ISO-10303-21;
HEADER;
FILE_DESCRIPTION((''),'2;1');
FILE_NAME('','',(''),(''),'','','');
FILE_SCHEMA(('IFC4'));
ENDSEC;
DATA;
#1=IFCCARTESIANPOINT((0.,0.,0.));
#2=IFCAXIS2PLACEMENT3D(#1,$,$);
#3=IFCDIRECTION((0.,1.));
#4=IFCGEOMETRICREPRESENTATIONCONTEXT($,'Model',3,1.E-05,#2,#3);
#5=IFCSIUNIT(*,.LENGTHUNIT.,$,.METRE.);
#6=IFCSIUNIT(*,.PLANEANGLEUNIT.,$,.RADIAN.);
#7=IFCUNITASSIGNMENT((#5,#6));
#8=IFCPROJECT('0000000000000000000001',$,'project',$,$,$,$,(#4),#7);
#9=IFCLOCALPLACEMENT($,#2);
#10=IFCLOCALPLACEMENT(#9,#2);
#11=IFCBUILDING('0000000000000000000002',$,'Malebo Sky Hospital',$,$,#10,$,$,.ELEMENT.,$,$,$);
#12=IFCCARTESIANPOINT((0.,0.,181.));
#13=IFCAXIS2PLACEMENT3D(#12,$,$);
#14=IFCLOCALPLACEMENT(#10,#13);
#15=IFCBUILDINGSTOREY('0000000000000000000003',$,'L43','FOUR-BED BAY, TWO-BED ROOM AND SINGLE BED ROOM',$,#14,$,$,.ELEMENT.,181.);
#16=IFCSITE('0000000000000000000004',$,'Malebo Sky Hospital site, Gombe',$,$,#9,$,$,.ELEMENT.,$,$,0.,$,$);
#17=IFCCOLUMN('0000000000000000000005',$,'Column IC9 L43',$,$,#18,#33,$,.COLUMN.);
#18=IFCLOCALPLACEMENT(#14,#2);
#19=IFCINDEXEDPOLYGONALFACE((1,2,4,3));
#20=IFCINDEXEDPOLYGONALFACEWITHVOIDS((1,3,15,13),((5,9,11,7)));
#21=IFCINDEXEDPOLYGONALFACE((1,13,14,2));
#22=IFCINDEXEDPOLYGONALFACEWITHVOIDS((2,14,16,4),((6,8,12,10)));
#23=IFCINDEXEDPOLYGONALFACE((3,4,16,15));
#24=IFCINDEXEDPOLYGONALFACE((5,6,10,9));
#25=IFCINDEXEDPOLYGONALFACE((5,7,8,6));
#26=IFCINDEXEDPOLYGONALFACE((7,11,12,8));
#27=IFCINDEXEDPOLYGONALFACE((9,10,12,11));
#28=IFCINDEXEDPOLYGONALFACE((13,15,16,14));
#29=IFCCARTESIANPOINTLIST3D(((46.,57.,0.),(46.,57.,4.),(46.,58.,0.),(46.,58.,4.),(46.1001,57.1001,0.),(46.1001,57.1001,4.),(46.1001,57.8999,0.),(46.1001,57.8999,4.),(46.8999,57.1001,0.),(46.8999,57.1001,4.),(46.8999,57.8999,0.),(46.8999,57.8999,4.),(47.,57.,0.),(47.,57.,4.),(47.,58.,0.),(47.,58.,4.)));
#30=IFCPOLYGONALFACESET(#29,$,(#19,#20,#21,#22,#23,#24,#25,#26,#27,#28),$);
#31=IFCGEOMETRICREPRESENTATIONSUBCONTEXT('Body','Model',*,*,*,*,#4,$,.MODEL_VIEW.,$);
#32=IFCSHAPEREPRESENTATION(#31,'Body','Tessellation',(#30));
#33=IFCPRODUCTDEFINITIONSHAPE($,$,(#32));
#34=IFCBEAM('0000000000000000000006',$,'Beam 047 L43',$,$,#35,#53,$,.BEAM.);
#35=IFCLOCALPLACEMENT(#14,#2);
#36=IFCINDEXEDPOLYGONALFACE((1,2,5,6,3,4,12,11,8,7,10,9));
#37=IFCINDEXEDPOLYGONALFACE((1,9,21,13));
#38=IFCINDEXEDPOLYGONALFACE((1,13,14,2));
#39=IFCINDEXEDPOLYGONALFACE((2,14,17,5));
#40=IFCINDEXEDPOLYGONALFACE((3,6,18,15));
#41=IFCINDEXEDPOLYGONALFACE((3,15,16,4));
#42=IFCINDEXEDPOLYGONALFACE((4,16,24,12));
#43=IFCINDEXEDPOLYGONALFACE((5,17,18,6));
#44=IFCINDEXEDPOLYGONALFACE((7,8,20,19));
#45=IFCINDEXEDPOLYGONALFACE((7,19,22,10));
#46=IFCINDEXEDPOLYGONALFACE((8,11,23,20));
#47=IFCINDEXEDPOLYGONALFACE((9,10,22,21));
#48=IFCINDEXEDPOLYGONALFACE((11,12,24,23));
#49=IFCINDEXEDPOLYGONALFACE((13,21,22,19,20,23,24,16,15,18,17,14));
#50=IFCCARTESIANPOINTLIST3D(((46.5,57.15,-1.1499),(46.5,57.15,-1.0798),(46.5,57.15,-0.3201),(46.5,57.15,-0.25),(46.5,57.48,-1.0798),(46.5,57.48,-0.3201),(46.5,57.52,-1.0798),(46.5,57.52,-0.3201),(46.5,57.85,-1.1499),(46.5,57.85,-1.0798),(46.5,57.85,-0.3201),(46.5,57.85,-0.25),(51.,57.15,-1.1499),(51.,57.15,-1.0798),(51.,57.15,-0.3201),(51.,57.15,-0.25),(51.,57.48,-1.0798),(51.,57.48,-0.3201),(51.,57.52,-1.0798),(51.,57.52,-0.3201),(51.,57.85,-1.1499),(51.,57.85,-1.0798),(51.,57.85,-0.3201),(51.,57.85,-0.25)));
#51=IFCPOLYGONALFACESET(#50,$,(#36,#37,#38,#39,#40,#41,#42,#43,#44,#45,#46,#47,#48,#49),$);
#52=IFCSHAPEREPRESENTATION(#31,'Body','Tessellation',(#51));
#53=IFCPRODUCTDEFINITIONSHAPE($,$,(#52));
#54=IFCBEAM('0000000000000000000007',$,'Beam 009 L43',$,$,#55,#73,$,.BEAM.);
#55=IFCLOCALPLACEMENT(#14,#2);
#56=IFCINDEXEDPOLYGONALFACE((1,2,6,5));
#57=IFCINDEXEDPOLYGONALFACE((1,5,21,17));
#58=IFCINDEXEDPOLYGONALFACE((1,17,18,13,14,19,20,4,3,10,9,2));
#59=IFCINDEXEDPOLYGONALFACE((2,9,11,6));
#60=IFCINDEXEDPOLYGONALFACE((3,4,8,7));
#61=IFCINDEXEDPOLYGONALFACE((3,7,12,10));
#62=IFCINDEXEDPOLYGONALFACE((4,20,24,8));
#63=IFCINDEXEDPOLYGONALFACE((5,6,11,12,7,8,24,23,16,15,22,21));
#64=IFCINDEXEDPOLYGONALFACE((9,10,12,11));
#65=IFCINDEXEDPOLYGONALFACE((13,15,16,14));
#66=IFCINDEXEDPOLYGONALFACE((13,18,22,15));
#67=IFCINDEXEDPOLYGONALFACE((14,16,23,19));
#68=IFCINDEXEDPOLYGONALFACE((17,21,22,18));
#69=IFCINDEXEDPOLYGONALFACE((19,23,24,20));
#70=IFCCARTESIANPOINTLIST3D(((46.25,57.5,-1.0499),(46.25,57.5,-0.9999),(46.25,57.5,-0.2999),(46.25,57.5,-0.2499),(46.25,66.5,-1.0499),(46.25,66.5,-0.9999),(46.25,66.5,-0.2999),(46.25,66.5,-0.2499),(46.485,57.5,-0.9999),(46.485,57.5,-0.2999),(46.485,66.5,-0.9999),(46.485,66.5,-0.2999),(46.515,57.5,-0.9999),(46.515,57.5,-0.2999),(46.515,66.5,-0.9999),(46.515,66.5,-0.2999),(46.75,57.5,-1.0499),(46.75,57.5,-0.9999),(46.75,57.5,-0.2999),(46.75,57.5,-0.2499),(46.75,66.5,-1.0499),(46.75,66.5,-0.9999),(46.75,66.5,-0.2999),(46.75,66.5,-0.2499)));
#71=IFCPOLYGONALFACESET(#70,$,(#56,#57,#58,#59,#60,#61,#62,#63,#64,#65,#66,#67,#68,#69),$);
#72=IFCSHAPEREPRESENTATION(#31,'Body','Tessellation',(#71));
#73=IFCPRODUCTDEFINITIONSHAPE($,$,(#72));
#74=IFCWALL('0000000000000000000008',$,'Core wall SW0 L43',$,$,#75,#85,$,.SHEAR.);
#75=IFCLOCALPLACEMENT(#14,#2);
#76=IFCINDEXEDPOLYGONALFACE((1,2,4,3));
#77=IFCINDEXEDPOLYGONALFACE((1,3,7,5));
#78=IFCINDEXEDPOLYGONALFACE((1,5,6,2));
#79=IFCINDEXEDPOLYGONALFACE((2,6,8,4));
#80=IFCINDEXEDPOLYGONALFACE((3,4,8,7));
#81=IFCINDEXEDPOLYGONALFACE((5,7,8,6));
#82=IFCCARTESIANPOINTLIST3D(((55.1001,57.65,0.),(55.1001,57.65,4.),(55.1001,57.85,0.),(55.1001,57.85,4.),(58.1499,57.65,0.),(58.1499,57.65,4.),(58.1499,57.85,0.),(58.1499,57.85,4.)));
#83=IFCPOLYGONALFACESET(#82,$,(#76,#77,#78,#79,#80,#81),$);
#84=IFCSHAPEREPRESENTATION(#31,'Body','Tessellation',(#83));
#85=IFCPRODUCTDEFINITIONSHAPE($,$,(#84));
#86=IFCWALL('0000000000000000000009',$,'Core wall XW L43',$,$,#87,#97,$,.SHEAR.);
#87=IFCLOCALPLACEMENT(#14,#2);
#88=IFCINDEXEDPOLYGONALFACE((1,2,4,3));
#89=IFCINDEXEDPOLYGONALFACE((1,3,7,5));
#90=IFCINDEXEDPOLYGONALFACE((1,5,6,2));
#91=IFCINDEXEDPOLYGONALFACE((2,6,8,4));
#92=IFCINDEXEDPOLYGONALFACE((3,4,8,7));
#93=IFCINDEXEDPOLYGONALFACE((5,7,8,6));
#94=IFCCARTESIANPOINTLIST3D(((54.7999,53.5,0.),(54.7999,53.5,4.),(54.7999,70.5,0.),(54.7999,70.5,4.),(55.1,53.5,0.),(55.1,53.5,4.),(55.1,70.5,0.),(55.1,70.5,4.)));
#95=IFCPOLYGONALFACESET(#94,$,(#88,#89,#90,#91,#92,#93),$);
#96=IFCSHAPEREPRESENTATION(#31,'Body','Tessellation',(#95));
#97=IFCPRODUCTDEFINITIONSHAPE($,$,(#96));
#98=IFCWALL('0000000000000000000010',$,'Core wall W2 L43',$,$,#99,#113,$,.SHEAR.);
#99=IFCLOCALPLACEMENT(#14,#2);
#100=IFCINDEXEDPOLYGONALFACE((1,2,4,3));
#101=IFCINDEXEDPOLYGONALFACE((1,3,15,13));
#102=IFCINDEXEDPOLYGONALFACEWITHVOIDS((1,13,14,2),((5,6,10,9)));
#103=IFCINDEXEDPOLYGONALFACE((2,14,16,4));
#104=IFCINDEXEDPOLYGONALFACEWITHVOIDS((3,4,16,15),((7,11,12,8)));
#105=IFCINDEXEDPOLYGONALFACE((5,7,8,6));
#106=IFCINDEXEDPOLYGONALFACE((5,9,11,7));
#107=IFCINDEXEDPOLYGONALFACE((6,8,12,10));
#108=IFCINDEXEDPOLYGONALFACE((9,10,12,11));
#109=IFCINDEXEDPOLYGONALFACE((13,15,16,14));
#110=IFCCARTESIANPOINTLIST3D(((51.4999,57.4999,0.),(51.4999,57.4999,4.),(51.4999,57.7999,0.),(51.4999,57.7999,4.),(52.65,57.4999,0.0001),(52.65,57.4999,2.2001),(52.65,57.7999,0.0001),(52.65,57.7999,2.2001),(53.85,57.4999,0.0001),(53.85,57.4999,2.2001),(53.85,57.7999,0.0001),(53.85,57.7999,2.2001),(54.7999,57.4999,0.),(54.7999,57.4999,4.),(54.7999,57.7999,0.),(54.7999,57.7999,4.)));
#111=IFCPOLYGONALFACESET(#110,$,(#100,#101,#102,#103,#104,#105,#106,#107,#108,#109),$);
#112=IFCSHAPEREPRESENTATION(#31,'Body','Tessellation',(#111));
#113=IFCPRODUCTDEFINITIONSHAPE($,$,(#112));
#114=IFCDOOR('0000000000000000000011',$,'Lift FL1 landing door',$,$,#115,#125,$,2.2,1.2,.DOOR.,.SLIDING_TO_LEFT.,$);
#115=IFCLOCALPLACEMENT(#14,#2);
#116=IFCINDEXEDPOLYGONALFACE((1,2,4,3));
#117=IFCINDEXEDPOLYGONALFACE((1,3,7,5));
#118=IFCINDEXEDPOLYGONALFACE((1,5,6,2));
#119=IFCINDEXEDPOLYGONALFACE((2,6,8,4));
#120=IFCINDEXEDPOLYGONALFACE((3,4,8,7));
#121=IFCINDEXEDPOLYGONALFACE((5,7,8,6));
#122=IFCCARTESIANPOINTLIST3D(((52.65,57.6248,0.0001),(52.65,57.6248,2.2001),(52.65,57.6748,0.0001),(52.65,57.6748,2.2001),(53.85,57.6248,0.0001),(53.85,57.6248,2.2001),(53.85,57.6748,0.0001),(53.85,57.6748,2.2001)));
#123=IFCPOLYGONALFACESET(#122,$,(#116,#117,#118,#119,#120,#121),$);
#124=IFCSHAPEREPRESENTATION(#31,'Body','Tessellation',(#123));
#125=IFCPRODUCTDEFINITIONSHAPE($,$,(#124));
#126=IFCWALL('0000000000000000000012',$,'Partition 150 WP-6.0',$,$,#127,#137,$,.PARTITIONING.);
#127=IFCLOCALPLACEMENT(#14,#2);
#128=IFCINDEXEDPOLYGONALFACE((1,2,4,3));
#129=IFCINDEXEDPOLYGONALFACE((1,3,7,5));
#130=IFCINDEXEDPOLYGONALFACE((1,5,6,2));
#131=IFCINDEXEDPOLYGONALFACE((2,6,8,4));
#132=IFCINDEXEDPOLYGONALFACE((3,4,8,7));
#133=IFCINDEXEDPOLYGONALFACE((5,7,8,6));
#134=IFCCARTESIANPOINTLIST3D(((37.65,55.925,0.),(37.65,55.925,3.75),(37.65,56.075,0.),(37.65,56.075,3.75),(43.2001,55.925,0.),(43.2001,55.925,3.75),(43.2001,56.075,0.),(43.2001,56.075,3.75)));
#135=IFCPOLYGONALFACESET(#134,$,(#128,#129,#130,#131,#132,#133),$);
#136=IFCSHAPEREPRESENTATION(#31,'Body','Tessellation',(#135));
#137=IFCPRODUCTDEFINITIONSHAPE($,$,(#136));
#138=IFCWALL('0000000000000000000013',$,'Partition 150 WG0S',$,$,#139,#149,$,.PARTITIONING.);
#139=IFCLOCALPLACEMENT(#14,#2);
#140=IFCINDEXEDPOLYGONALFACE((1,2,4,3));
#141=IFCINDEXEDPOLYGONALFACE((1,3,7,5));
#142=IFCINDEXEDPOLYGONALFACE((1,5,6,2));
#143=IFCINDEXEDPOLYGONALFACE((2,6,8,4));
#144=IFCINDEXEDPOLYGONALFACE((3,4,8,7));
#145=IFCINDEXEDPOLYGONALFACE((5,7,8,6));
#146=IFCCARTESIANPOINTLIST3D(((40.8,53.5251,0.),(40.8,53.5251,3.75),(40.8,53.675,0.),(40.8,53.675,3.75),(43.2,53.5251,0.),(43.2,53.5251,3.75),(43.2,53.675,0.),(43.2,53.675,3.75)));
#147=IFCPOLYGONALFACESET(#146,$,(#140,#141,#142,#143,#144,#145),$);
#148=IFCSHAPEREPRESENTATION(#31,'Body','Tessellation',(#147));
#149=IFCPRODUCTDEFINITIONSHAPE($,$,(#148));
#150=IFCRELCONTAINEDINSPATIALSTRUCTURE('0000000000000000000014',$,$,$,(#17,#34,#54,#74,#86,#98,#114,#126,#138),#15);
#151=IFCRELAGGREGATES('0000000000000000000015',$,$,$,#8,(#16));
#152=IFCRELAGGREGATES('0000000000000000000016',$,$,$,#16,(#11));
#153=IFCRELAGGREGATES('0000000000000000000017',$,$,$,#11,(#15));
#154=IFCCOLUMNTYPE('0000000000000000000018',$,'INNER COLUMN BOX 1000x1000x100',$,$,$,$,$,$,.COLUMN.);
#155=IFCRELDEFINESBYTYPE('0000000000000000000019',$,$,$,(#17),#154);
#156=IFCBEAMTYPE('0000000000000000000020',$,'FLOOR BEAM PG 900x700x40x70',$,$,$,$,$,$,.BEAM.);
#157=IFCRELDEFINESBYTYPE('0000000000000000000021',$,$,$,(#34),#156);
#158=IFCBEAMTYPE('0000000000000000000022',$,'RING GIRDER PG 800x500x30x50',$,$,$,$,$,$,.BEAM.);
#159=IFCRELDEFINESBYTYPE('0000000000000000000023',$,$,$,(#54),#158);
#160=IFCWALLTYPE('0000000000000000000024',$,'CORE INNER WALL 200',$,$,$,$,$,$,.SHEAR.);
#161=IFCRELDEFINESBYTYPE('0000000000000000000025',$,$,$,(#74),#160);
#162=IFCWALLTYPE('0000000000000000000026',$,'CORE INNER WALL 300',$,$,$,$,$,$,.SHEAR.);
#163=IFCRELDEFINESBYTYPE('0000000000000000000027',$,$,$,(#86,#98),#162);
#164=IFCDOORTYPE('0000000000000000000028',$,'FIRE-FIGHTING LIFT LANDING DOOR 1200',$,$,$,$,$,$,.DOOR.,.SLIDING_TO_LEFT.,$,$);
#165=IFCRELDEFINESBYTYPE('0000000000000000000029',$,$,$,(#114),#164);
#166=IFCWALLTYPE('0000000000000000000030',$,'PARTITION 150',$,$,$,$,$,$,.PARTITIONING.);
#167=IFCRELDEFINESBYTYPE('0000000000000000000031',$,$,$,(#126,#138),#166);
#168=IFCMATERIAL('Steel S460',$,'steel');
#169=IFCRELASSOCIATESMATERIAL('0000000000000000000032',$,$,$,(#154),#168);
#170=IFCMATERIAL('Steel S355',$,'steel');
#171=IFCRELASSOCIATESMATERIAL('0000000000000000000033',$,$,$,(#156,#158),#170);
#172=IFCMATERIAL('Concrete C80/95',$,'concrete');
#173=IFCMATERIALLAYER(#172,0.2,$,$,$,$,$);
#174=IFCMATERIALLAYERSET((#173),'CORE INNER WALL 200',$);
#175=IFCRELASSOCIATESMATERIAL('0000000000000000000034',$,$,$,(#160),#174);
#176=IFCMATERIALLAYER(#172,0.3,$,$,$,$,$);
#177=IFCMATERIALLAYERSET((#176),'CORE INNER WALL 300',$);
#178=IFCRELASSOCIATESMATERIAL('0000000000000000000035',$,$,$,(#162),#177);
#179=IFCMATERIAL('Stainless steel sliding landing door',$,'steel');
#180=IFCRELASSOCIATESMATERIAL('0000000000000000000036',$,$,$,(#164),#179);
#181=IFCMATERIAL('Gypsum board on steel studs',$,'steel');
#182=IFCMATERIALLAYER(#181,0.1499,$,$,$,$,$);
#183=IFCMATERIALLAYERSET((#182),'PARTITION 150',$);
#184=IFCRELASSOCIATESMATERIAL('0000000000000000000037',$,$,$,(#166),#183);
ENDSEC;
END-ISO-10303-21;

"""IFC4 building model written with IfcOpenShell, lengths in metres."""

from ifc_helpers import new_model, si_unit, direction, frame, frame_2d, origin, origin_2d, place, context, subcontext, project, spatial, rectangle, hollow_rectangle, i_section, extrude, material, layer, layer_set, material_profile, profile_set, type_object, element, fill, save


model = new_model("IFC4")

# Units and contexts
model_context = context("Model", 3, precision=1e-05, world=origin(), true_north=direction((0.0, 1.0)))
body_context = subcontext(model_context, "Body", "Model", "MODEL_VIEW")
ifc_project = project(units=[si_unit("LENGTHUNIT", "METRE"), si_unit("PLANEANGLEUNIT", "RADIAN")], contexts=[model_context])

# Site, building, storey
site_placement = place(None, origin())
site = spatial("IfcSite", under=ifc_project, at=site_placement, Name="Malebo Sky Hospital site, Gombe", CompositionType="ELEMENT", RefElevation=0.0)
building_placement = place(site_placement, origin())
building = spatial("IfcBuilding", under=site, at=building_placement, Name="Malebo Sky Hospital", CompositionType="ELEMENT")
storey_placement = place(building_placement, frame((0.0, 0.0, 181.0)))
storey = spatial("IfcBuildingStorey", under=building, at=storey_placement, Name="L43", Description="FOUR-BED BAY, TWO-BED ROOM AND SINGLE BED ROOM", CompositionType="ELEMENT", Elevation=181.0)

# Column
ifc_material_1 = material(Name="Steel S460", Category="steel")
ifc_material_profile_1 = material_profile(ifc_material_1, hollow_rectangle(XDim=1.0, YDim=1.0, WallThickness=0.1001, at=origin_2d()), Name="BOX 1000x1000x100")
ifc_profile_set_1 = profile_set([ifc_material_profile_1], Name="Steel S460")
column_type = type_object("IfcColumnType", Name="INNER COLUMN BOX 1000x1000x100", PredefinedType="COLUMN", material=ifc_profile_set_1)
column_placement = place(storey_placement, frame((46.5, 57.5, 0.0), z_axis=(0.0, 0.0, 1.0), x_axis=(1.0, 0.0, 0.0)))
element("IfcColumn", 1, at=column_placement, inside=storey, type_object=column_type, Name="Column IC9 L43", PredefinedType="COLUMN", context=body_context, shape_type="SweptSolid", body=[
    extrude(hollow_rectangle(XDim=1.0, YDim=1.0, WallThickness=0.1001, at=origin_2d()), origin(), (0.0, 0.0, 1.0), 4.0),
])

# Beams
ifc_material_2 = material(Name="Steel S355", Category="steel")
ifc_material_profile_2 = material_profile(ifc_material_2, i_section(OverallWidth=0.7, OverallDepth=0.8999, WebThickness=0.04, FlangeThickness=0.0701, at=origin_2d()), Name="PG 900x700x40x70")
ifc_profile_set_2 = profile_set([ifc_material_profile_2], Name="Steel S355")
beam_type_1 = type_object("IfcBeamType", Name="FLOOR BEAM PG 900x700x40x70", PredefinedType="BEAM", material=ifc_profile_set_2)
beam_1_placement = place(storey_placement, frame((46.5, 57.5, -0.7), z_axis=(1.0, 0.0, 0.0), x_axis=(0.0, 1.0, 0.0)))
element("IfcBeam", 2, at=beam_1_placement, inside=storey, type_object=beam_type_1, Name="Beam 047 L43", PredefinedType="BEAM", context=body_context, shape_type="SweptSolid", body=[
    extrude(i_section(OverallWidth=0.7, OverallDepth=0.8999, WebThickness=0.04, FlangeThickness=0.0701, at=origin_2d()), origin(), (0.0, 0.0, 1.0), 4.5),
])
ifc_material_profile_3 = material_profile(ifc_material_2, i_section(OverallWidth=0.5, OverallDepth=0.8, WebThickness=0.03, FlangeThickness=0.05, at=origin_2d()), Name="PG 800x500x30x50")
ifc_profile_set_3 = profile_set([ifc_material_profile_3], Name="Steel S355")
beam_type_2 = type_object("IfcBeamType", Name="RING GIRDER PG 800x500x30x50", PredefinedType="BEAM", material=ifc_profile_set_3)
beam_2_placement = place(storey_placement, frame((46.5, 57.5, -0.6499), z_axis=(0.0, 1.0, 0.0), x_axis=(-1.0, 0.0, 0.0)))
element("IfcBeam", 3, at=beam_2_placement, inside=storey, type_object=beam_type_2, Name="Beam 009 L43", PredefinedType="BEAM", context=body_context, shape_type="SweptSolid", body=[
    extrude(i_section(OverallWidth=0.5, OverallDepth=0.8, WebThickness=0.03, FlangeThickness=0.05, at=origin_2d()), origin(), (0.0, 0.0, 1.0), 9.0),
])

# Walls
ifc_material_3 = material(Name="Concrete C80/95", Category="concrete")
ifc_layer_1 = layer(ifc_material_3, 0.2)
ifc_layer_set_1 = layer_set([ifc_layer_1], Name="CORE INNER WALL 200")
wall_type_1 = type_object("IfcWallType", Name="CORE INNER WALL 200", PredefinedType="SHEAR", material=ifc_layer_set_1)
wall_1_placement = place(storey_placement, frame((55.1001, 57.75, 0.0), z_axis=(0.0, 0.0, 1.0), x_axis=(1.0, 0.0, 0.0)))
element("IfcWall", 4, at=wall_1_placement, inside=storey, type_object=wall_type_1, Name="Core wall SW0 L43", PredefinedType="SHEAR", context=body_context, shape_type="SweptSolid", body=[
    extrude(rectangle(XDim=3.0498, YDim=0.2, at=frame_2d((1.5249, 0.0))), origin(), (0.0, 0.0, 1.0), 4.0),
])
ifc_layer_2 = layer(ifc_material_3, 0.3)
ifc_layer_set_2 = layer_set([ifc_layer_2], Name="CORE INNER WALL 300")
wall_type_2 = type_object("IfcWallType", Name="CORE INNER WALL 300", PredefinedType="SHEAR", material=ifc_layer_set_2)
wall_2_placement = place(storey_placement, frame((54.95, 53.5, 0.0), z_axis=(0.0, 0.0, 1.0), x_axis=(0.0, 1.0, 0.0)))
element("IfcWall", 5, at=wall_2_placement, inside=storey, type_object=wall_type_2, Name="Core wall XW L43", PredefinedType="SHEAR", context=body_context, shape_type="SweptSolid", body=[
    extrude(rectangle(XDim=17.0, YDim=0.3, at=frame_2d((8.5, 0.0))), origin(), (0.0, 0.0, 1.0), 4.0),
])

# Wall, opening, door
wall_3_placement = place(storey_placement, frame((51.5, 57.6499, 0.0), z_axis=(0.0, 0.0, 1.0), x_axis=(1.0, 0.0, 0.0)))
wall_3 = element("IfcWall", 6, at=wall_3_placement, inside=storey, type_object=wall_type_2, Name="Core wall W2 L43", PredefinedType="SHEAR", context=body_context, shape_type="SweptSolid", body=[
    extrude(rectangle(XDim=3.3, YDim=0.3, at=frame_2d((1.6499, 0.0))), origin(), (0.0, 0.0, 1.0), 4.0),
])
opening_1_placement = place(wall_3_placement, frame((1.1499, 0.0, 0.0)))
opening_1 = element("IfcOpeningElement", 7, at=opening_1_placement, cuts=wall_3, PredefinedType="OPENING", context=body_context, shape_type="SweptSolid", body=[
    extrude(rectangle(XDim=1.2, YDim=2.2, at=frame_2d((0.6001, 1.1001))), frame((0.0, 0.1599, 0.0), z_axis=(0.0, -1.0, 0.0), x_axis=(1.0, 0.0, 0.0)), (0.0, 0.0, 1.0), 0.3201),
])
ifc_material_4 = material(Name="Stainless steel sliding landing door", Category="steel")
door_type_1 = type_object("IfcDoorType", Name="FIRE-FIGHTING LIFT LANDING DOOR 1200", OperationType="SLIDING_TO_LEFT", PredefinedType="DOOR", material=ifc_material_4)
door_1_placement = place(opening_1_placement, origin())
door_1 = element("IfcDoor", 8, at=door_1_placement, inside=storey, type_object=door_type_1, Name="Lift FL1 landing door", OperationType="SLIDING_TO_LEFT", OverallHeight=2.2, OverallWidth=1.2, PredefinedType="DOOR", context=body_context, shape_type="SweptSolid", body=[
    extrude(rectangle(XDim=1.2, YDim=2.2, at=frame_2d((0.6001, 1.1001))), frame((0.0, 0.0249, 0.0), z_axis=(0.0, -1.0, 0.0), x_axis=(1.0, 0.0, 0.0)), (0.0, 0.0, 1.0), 0.05),
])
fill(opening_1, door_1)

# Walls
ifc_material_5 = material(Name="Gypsum board on steel studs", Category="steel")
ifc_layer_3 = layer(ifc_material_5, 0.1499)
ifc_layer_set_3 = layer_set([ifc_layer_3], Name="PARTITION 150")
wall_type_3 = type_object("IfcWallType", Name="PARTITION 150", PredefinedType="PARTITIONING", material=ifc_layer_set_3)
wall_4_placement = place(storey_placement, frame((43.2, 56.0, 0.0), z_axis=(0.0, 0.0, 1.0), x_axis=(-1.0, 0.0, 0.0)))
element("IfcWall", 9, at=wall_4_placement, inside=storey, type_object=wall_type_3, Name="Partition 150 WP-6.0", PredefinedType="PARTITIONING", context=body_context, shape_type="SweptSolid", body=[
    extrude(rectangle(XDim=5.55, YDim=0.1499, at=frame_2d((2.7749, 0.0))), origin(), (0.0, 0.0, 1.0), 3.75),
])
wall_5_placement = place(storey_placement, frame((43.2, 53.6001, 0.0), z_axis=(0.0, 0.0, 1.0), x_axis=(-1.0, 0.0, 0.0)))
element("IfcWall", 10, at=wall_5_placement, inside=storey, type_object=wall_type_3, Name="Partition 150 WG0S", PredefinedType="PARTITIONING", context=body_context, shape_type="SweptSolid", body=[
    extrude(rectangle(XDim=2.3999, YDim=0.1499, at=frame_2d((1.2, 0.0))), origin(), (0.0, 0.0, 1.0), 3.75),
])

save(model, "model.ifc")
